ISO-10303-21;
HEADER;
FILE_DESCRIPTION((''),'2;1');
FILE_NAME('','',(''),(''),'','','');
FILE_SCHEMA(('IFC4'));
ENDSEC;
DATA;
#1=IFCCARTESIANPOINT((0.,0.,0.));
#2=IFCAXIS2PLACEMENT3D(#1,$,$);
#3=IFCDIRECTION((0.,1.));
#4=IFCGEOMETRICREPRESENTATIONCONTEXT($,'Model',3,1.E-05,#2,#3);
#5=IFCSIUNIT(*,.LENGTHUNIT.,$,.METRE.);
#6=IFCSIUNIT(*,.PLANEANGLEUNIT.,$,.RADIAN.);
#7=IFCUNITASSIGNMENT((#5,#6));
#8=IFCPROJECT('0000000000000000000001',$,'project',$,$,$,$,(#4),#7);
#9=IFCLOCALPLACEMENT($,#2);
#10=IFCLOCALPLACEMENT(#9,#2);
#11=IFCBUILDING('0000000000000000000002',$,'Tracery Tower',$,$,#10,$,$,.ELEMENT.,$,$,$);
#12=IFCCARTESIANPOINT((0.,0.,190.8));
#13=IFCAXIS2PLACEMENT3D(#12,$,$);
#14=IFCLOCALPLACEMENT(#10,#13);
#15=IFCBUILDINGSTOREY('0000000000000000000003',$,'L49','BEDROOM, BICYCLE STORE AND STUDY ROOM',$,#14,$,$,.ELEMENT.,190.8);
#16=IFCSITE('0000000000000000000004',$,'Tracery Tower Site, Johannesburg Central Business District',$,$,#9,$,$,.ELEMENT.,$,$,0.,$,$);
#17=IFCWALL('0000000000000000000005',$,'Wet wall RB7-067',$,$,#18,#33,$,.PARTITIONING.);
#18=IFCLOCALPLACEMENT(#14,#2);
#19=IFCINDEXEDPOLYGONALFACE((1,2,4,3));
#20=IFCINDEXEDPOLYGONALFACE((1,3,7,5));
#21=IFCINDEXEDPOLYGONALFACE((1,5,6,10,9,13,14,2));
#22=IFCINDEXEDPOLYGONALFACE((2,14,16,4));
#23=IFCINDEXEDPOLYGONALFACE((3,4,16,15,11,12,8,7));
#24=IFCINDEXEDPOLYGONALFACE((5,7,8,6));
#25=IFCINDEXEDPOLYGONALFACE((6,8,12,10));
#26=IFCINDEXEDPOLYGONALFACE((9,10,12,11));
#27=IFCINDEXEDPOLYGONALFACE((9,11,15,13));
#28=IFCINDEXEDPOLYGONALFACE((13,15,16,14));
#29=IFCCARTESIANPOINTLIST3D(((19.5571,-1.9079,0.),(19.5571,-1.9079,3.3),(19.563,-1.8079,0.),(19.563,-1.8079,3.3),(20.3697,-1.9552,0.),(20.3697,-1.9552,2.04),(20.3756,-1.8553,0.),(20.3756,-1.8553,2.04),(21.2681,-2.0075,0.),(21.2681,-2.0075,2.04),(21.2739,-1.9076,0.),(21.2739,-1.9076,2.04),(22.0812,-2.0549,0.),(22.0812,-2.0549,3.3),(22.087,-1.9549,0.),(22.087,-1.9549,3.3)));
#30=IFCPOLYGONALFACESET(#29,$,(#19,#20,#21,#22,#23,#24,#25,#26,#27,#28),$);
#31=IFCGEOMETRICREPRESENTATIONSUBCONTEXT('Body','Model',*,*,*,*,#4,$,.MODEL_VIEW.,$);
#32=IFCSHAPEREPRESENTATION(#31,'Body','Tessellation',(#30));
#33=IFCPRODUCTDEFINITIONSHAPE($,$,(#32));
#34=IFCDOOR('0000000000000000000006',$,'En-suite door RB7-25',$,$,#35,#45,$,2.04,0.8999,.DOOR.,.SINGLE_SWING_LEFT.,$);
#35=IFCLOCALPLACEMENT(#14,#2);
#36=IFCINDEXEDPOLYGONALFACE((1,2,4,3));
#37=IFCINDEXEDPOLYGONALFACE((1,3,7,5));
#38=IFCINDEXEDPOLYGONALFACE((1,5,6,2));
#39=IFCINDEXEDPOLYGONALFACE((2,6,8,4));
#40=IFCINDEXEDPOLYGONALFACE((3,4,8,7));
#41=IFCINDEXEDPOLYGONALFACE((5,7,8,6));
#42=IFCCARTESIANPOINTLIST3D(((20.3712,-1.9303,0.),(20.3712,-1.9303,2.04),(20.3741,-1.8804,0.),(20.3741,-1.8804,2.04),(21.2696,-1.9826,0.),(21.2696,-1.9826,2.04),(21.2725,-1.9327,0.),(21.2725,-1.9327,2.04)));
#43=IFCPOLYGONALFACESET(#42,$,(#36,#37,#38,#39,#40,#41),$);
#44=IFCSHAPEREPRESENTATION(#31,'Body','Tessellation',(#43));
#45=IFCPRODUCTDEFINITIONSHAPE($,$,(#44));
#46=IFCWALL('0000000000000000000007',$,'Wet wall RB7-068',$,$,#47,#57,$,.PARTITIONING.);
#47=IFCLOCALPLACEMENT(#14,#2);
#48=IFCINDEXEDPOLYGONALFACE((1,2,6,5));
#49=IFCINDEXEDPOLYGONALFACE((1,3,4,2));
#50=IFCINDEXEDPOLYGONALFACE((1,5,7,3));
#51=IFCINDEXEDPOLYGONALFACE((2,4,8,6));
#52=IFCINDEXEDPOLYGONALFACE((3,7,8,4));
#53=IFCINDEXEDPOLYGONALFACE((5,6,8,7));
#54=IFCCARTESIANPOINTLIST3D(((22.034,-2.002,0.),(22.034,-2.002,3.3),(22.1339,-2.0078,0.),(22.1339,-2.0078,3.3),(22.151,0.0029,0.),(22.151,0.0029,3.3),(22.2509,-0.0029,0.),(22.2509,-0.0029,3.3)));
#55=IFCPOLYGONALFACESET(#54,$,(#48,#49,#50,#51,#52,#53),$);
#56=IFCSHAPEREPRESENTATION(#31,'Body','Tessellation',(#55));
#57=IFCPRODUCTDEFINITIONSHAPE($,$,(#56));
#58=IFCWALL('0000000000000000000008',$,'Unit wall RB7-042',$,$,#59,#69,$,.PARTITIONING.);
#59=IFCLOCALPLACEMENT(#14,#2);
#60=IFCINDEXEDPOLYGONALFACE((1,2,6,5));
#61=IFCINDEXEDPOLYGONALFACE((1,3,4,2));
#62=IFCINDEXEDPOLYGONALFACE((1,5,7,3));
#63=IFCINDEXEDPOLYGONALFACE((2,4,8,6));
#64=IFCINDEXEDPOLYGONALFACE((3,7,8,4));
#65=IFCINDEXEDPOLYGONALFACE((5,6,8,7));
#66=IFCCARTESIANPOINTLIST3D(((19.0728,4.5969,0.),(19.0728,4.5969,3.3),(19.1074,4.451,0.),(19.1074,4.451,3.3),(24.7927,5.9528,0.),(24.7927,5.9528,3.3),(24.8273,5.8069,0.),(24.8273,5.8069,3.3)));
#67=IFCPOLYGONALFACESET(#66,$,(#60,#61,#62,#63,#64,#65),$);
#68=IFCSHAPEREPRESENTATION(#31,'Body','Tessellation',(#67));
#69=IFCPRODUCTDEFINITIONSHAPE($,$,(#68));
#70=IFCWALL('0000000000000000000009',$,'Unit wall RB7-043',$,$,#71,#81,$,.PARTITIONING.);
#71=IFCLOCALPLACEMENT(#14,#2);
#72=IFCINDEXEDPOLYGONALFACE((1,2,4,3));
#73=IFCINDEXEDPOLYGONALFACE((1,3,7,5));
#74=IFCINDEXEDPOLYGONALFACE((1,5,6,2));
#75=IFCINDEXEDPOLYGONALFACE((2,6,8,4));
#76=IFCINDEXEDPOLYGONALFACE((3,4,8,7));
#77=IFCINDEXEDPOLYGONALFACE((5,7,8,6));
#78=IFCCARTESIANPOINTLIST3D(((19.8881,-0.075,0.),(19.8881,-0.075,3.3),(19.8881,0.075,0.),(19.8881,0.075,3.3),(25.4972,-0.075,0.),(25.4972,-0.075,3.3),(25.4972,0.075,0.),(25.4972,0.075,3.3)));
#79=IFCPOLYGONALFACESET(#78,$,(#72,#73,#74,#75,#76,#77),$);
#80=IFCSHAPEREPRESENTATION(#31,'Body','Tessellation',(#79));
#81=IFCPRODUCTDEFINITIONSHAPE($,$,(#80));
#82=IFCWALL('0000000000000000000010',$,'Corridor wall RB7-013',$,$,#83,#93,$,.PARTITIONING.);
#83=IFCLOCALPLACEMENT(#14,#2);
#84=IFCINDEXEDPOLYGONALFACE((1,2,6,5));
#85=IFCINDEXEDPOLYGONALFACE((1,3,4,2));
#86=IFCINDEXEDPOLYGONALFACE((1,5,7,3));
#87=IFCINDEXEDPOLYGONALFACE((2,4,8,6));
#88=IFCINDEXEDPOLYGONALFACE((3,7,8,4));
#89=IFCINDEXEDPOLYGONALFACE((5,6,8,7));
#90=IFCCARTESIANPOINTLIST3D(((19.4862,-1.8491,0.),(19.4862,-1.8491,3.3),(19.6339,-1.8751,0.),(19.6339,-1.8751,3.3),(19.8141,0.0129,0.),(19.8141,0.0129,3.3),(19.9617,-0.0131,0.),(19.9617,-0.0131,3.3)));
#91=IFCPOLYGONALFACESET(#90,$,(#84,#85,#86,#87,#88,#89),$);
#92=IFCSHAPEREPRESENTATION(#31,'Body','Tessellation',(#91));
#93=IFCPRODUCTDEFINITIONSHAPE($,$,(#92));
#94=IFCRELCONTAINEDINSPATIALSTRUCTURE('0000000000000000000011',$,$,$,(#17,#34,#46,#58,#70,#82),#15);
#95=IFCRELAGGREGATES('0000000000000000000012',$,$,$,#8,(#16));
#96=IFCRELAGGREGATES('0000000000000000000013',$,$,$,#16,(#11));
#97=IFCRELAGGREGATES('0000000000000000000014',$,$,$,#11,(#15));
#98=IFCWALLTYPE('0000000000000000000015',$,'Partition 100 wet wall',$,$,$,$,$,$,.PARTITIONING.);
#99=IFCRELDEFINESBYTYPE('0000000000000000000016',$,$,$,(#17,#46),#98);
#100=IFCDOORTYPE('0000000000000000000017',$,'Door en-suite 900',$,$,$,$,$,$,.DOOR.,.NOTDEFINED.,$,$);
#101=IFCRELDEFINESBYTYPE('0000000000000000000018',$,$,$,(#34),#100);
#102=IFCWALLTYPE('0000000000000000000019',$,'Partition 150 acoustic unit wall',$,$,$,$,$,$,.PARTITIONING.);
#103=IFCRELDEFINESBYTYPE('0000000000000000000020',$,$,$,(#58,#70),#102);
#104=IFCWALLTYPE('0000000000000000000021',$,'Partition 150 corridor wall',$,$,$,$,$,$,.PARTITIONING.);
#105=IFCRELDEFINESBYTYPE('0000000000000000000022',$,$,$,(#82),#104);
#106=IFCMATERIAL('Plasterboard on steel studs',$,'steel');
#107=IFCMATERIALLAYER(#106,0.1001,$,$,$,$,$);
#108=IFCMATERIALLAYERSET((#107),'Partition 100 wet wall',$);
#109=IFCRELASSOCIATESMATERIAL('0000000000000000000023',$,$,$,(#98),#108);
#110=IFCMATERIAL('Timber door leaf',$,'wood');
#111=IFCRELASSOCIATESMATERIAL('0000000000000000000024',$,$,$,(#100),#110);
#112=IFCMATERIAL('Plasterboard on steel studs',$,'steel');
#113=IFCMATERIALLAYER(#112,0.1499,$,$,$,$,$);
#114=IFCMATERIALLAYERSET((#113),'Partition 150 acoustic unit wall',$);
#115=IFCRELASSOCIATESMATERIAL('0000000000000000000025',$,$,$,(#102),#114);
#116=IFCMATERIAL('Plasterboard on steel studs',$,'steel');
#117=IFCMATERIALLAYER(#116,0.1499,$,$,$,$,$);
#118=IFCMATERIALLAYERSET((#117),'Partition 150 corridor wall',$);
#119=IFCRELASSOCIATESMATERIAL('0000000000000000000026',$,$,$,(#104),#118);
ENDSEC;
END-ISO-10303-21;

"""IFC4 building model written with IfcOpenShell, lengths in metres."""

from ifc_helpers import new_model, si_unit, direction, frame, frame_2d, origin, place, context, subcontext, project, spatial, rectangle, extrude, material, layer, layer_set, type_object, element, fill, save


model = new_model("IFC4")

# Units and contexts
model_context = context("Model", 3, precision=1e-05, world=origin(), true_north=direction((0.0, 1.0)))
body_context = subcontext(model_context, "Body", "Model", "MODEL_VIEW")
ifc_project = project(units=[si_unit("LENGTHUNIT", "METRE"), si_unit("PLANEANGLEUNIT", "RADIAN")], contexts=[model_context])

# Site, building, storey
site_placement = place(None, origin())
site = spatial("IfcSite", under=ifc_project, at=site_placement, Name="Tracery Tower Site, Johannesburg Central Business District", CompositionType="ELEMENT", RefElevation=0.0)
building_placement = place(site_placement, origin())
building = spatial("IfcBuilding", under=site, at=building_placement, Name="Tracery Tower", CompositionType="ELEMENT")
storey_placement = place(building_placement, frame((0.0, 0.0, 190.8)))
storey = spatial("IfcBuildingStorey", under=building, at=storey_placement, Name="L49", Description="BEDROOM, BICYCLE STORE AND STUDY ROOM", CompositionType="ELEMENT", Elevation=190.8)

# Shared definitions
ifc_material_1 = material(Name="Plasterboard on steel studs", Category="steel")
ifc_layer_1 = layer(ifc_material_1, 0.1001)
ifc_layer_set_1 = layer_set([ifc_layer_1], Name="Partition 100 wet wall")
wall_type_1 = type_object("IfcWallType", Name="Partition 100 wet wall", PredefinedType="PARTITIONING", material=ifc_layer_set_1)

# Wall, opening, door
ifc_material_2 = material(Name="Timber door leaf", Category="wood")
door_type = type_object("IfcDoorType", Name="Door en-suite 900", OperationType="NOTDEFINED", PredefinedType="DOOR", material=ifc_material_2)
wall_1_placement = place(storey_placement, frame((19.5601, -1.8579, 0.0), z_axis=(0.0, 0.0, 1.0), x_axis=(0.998309, -0.058133, 0.0)))
wall_1 = element("IfcWall", 1, at=wall_1_placement, inside=storey, type_object=wall_type_1, Name="Wet wall RB7-067", PredefinedType="PARTITIONING", context=body_context, shape_type="SweptSolid", body=[
    extrude(rectangle(XDim=2.5283, YDim=0.1001, at=frame_2d((1.2642, 0.0))), origin(), (0.0, 0.0, 1.0), 3.3),
])
opening_1_placement = place(wall_1_placement, frame((0.814, 0.0, 0.0)))
opening_1 = element("IfcOpeningElement", 2, at=opening_1_placement, cuts=wall_1, PredefinedType="OPENING", context=body_context, shape_type="SweptSolid", body=[
    extrude(rectangle(XDim=0.8999, YDim=2.04, at=frame_2d((0.45, 1.02))), frame((0.0, 0.05, 0.0), z_axis=(0.0, -1.0, 0.0), x_axis=(1.0, 0.0, 0.0)), (0.0, 0.0, 1.0), 0.1001),
])
door_1_placement = place(opening_1_placement, origin())
door_1 = element("IfcDoor", 3, at=door_1_placement, inside=storey, type_object=door_type, Name="En-suite door RB7-25", OperationType="SINGLE_SWING_LEFT", OverallHeight=2.04, OverallWidth=0.8999, PredefinedType="DOOR", context=body_context, shape_type="SweptSolid", body=[
    extrude(rectangle(XDim=0.8999, YDim=2.04, at=frame_2d((0.45, 1.02))), frame((0.0, 0.0249, 0.0), z_axis=(0.0, -1.0, 0.0), x_axis=(1.0, 0.0, 0.0)), (0.0, 0.0, 1.0), 0.05),
])
fill(opening_1, door_1)

# Walls
wall_2_placement = place(storey_placement, frame((22.084, -2.0049, 0.0), z_axis=(0.0, 0.0, 1.0), x_axis=(0.05823, 0.998303, 0.0)))
element("IfcWall", 4, at=wall_2_placement, inside=storey, type_object=wall_type_1, Name="Wet wall RB7-068", PredefinedType="PARTITIONING", context=body_context, shape_type="SweptSolid", body=[
    extrude(rectangle(XDim=2.0083, YDim=0.1001, at=frame_2d((1.0042, 0.0))), origin(), (0.0, 0.0, 1.0), 3.3),
])
ifc_material_3 = material(Name="Plasterboard on steel studs", Category="steel")
ifc_layer_2 = layer(ifc_material_3, 0.1499)
ifc_layer_set_2 = layer_set([ifc_layer_2], Name="Partition 150 acoustic unit wall")
wall_type_2 = type_object("IfcWallType", Name="Partition 150 acoustic unit wall", PredefinedType="PARTITIONING", material=ifc_layer_set_2)
wall_3_placement = place(storey_placement, frame((19.0901, 4.5239, 0.0), z_axis=(0.0, 0.0, 1.0), x_axis=(0.973033, 0.230664, 0.0)))
element("IfcWall", 5, at=wall_3_placement, inside=storey, type_object=wall_type_2, Name="Unit wall RB7-042", PredefinedType="PARTITIONING", context=body_context, shape_type="SweptSolid", body=[
    extrude(rectangle(XDim=5.8784, YDim=0.1499, at=frame_2d((2.9392, 0.0))), origin(), (0.0, 0.0, 1.0), 3.3),
])
wall_4_placement = place(storey_placement, frame((19.8879, 0.0, 0.0), z_axis=(0.0, 0.0, 1.0), x_axis=(1.0, 0.0, 0.0)))
element("IfcWall", 6, at=wall_4_placement, inside=storey, type_object=wall_type_2, Name="Unit wall RB7-043", PredefinedType="PARTITIONING", context=body_context, shape_type="SweptSolid", body=[
    extrude(rectangle(XDim=5.6091, YDim=0.1499, at=frame_2d((2.8047, 0.0))), origin(), (0.0, 0.0, 1.0), 3.3),
])
ifc_material_4 = material(Name="Plasterboard on steel studs", Category="steel")
ifc_layer_3 = layer(ifc_material_4, 0.1499)
ifc_layer_set_3 = layer_set([ifc_layer_3], Name="Partition 150 corridor wall")
wall_type_3 = type_object("IfcWallType", Name="Partition 150 corridor wall", PredefinedType="PARTITIONING", material=ifc_layer_set_3)
wall_5_placement = place(storey_placement, frame((19.5601, -1.8621, 0.0), z_axis=(0.0, 0.0, 1.0), x_axis=(0.173417, 0.984848, 0.0)))
element("IfcWall", 7, at=wall_5_placement, inside=storey, type_object=wall_type_3, Name="Corridor wall RB7-013", PredefinedType="PARTITIONING", context=body_context, shape_type="SweptSolid", body=[
    extrude(rectangle(XDim=1.8906, YDim=0.1499, at=frame_2d((0.9453, 0.0))), origin(), (0.0, 0.0, 1.0), 3.3),
])

save(model, "model.ifc")
